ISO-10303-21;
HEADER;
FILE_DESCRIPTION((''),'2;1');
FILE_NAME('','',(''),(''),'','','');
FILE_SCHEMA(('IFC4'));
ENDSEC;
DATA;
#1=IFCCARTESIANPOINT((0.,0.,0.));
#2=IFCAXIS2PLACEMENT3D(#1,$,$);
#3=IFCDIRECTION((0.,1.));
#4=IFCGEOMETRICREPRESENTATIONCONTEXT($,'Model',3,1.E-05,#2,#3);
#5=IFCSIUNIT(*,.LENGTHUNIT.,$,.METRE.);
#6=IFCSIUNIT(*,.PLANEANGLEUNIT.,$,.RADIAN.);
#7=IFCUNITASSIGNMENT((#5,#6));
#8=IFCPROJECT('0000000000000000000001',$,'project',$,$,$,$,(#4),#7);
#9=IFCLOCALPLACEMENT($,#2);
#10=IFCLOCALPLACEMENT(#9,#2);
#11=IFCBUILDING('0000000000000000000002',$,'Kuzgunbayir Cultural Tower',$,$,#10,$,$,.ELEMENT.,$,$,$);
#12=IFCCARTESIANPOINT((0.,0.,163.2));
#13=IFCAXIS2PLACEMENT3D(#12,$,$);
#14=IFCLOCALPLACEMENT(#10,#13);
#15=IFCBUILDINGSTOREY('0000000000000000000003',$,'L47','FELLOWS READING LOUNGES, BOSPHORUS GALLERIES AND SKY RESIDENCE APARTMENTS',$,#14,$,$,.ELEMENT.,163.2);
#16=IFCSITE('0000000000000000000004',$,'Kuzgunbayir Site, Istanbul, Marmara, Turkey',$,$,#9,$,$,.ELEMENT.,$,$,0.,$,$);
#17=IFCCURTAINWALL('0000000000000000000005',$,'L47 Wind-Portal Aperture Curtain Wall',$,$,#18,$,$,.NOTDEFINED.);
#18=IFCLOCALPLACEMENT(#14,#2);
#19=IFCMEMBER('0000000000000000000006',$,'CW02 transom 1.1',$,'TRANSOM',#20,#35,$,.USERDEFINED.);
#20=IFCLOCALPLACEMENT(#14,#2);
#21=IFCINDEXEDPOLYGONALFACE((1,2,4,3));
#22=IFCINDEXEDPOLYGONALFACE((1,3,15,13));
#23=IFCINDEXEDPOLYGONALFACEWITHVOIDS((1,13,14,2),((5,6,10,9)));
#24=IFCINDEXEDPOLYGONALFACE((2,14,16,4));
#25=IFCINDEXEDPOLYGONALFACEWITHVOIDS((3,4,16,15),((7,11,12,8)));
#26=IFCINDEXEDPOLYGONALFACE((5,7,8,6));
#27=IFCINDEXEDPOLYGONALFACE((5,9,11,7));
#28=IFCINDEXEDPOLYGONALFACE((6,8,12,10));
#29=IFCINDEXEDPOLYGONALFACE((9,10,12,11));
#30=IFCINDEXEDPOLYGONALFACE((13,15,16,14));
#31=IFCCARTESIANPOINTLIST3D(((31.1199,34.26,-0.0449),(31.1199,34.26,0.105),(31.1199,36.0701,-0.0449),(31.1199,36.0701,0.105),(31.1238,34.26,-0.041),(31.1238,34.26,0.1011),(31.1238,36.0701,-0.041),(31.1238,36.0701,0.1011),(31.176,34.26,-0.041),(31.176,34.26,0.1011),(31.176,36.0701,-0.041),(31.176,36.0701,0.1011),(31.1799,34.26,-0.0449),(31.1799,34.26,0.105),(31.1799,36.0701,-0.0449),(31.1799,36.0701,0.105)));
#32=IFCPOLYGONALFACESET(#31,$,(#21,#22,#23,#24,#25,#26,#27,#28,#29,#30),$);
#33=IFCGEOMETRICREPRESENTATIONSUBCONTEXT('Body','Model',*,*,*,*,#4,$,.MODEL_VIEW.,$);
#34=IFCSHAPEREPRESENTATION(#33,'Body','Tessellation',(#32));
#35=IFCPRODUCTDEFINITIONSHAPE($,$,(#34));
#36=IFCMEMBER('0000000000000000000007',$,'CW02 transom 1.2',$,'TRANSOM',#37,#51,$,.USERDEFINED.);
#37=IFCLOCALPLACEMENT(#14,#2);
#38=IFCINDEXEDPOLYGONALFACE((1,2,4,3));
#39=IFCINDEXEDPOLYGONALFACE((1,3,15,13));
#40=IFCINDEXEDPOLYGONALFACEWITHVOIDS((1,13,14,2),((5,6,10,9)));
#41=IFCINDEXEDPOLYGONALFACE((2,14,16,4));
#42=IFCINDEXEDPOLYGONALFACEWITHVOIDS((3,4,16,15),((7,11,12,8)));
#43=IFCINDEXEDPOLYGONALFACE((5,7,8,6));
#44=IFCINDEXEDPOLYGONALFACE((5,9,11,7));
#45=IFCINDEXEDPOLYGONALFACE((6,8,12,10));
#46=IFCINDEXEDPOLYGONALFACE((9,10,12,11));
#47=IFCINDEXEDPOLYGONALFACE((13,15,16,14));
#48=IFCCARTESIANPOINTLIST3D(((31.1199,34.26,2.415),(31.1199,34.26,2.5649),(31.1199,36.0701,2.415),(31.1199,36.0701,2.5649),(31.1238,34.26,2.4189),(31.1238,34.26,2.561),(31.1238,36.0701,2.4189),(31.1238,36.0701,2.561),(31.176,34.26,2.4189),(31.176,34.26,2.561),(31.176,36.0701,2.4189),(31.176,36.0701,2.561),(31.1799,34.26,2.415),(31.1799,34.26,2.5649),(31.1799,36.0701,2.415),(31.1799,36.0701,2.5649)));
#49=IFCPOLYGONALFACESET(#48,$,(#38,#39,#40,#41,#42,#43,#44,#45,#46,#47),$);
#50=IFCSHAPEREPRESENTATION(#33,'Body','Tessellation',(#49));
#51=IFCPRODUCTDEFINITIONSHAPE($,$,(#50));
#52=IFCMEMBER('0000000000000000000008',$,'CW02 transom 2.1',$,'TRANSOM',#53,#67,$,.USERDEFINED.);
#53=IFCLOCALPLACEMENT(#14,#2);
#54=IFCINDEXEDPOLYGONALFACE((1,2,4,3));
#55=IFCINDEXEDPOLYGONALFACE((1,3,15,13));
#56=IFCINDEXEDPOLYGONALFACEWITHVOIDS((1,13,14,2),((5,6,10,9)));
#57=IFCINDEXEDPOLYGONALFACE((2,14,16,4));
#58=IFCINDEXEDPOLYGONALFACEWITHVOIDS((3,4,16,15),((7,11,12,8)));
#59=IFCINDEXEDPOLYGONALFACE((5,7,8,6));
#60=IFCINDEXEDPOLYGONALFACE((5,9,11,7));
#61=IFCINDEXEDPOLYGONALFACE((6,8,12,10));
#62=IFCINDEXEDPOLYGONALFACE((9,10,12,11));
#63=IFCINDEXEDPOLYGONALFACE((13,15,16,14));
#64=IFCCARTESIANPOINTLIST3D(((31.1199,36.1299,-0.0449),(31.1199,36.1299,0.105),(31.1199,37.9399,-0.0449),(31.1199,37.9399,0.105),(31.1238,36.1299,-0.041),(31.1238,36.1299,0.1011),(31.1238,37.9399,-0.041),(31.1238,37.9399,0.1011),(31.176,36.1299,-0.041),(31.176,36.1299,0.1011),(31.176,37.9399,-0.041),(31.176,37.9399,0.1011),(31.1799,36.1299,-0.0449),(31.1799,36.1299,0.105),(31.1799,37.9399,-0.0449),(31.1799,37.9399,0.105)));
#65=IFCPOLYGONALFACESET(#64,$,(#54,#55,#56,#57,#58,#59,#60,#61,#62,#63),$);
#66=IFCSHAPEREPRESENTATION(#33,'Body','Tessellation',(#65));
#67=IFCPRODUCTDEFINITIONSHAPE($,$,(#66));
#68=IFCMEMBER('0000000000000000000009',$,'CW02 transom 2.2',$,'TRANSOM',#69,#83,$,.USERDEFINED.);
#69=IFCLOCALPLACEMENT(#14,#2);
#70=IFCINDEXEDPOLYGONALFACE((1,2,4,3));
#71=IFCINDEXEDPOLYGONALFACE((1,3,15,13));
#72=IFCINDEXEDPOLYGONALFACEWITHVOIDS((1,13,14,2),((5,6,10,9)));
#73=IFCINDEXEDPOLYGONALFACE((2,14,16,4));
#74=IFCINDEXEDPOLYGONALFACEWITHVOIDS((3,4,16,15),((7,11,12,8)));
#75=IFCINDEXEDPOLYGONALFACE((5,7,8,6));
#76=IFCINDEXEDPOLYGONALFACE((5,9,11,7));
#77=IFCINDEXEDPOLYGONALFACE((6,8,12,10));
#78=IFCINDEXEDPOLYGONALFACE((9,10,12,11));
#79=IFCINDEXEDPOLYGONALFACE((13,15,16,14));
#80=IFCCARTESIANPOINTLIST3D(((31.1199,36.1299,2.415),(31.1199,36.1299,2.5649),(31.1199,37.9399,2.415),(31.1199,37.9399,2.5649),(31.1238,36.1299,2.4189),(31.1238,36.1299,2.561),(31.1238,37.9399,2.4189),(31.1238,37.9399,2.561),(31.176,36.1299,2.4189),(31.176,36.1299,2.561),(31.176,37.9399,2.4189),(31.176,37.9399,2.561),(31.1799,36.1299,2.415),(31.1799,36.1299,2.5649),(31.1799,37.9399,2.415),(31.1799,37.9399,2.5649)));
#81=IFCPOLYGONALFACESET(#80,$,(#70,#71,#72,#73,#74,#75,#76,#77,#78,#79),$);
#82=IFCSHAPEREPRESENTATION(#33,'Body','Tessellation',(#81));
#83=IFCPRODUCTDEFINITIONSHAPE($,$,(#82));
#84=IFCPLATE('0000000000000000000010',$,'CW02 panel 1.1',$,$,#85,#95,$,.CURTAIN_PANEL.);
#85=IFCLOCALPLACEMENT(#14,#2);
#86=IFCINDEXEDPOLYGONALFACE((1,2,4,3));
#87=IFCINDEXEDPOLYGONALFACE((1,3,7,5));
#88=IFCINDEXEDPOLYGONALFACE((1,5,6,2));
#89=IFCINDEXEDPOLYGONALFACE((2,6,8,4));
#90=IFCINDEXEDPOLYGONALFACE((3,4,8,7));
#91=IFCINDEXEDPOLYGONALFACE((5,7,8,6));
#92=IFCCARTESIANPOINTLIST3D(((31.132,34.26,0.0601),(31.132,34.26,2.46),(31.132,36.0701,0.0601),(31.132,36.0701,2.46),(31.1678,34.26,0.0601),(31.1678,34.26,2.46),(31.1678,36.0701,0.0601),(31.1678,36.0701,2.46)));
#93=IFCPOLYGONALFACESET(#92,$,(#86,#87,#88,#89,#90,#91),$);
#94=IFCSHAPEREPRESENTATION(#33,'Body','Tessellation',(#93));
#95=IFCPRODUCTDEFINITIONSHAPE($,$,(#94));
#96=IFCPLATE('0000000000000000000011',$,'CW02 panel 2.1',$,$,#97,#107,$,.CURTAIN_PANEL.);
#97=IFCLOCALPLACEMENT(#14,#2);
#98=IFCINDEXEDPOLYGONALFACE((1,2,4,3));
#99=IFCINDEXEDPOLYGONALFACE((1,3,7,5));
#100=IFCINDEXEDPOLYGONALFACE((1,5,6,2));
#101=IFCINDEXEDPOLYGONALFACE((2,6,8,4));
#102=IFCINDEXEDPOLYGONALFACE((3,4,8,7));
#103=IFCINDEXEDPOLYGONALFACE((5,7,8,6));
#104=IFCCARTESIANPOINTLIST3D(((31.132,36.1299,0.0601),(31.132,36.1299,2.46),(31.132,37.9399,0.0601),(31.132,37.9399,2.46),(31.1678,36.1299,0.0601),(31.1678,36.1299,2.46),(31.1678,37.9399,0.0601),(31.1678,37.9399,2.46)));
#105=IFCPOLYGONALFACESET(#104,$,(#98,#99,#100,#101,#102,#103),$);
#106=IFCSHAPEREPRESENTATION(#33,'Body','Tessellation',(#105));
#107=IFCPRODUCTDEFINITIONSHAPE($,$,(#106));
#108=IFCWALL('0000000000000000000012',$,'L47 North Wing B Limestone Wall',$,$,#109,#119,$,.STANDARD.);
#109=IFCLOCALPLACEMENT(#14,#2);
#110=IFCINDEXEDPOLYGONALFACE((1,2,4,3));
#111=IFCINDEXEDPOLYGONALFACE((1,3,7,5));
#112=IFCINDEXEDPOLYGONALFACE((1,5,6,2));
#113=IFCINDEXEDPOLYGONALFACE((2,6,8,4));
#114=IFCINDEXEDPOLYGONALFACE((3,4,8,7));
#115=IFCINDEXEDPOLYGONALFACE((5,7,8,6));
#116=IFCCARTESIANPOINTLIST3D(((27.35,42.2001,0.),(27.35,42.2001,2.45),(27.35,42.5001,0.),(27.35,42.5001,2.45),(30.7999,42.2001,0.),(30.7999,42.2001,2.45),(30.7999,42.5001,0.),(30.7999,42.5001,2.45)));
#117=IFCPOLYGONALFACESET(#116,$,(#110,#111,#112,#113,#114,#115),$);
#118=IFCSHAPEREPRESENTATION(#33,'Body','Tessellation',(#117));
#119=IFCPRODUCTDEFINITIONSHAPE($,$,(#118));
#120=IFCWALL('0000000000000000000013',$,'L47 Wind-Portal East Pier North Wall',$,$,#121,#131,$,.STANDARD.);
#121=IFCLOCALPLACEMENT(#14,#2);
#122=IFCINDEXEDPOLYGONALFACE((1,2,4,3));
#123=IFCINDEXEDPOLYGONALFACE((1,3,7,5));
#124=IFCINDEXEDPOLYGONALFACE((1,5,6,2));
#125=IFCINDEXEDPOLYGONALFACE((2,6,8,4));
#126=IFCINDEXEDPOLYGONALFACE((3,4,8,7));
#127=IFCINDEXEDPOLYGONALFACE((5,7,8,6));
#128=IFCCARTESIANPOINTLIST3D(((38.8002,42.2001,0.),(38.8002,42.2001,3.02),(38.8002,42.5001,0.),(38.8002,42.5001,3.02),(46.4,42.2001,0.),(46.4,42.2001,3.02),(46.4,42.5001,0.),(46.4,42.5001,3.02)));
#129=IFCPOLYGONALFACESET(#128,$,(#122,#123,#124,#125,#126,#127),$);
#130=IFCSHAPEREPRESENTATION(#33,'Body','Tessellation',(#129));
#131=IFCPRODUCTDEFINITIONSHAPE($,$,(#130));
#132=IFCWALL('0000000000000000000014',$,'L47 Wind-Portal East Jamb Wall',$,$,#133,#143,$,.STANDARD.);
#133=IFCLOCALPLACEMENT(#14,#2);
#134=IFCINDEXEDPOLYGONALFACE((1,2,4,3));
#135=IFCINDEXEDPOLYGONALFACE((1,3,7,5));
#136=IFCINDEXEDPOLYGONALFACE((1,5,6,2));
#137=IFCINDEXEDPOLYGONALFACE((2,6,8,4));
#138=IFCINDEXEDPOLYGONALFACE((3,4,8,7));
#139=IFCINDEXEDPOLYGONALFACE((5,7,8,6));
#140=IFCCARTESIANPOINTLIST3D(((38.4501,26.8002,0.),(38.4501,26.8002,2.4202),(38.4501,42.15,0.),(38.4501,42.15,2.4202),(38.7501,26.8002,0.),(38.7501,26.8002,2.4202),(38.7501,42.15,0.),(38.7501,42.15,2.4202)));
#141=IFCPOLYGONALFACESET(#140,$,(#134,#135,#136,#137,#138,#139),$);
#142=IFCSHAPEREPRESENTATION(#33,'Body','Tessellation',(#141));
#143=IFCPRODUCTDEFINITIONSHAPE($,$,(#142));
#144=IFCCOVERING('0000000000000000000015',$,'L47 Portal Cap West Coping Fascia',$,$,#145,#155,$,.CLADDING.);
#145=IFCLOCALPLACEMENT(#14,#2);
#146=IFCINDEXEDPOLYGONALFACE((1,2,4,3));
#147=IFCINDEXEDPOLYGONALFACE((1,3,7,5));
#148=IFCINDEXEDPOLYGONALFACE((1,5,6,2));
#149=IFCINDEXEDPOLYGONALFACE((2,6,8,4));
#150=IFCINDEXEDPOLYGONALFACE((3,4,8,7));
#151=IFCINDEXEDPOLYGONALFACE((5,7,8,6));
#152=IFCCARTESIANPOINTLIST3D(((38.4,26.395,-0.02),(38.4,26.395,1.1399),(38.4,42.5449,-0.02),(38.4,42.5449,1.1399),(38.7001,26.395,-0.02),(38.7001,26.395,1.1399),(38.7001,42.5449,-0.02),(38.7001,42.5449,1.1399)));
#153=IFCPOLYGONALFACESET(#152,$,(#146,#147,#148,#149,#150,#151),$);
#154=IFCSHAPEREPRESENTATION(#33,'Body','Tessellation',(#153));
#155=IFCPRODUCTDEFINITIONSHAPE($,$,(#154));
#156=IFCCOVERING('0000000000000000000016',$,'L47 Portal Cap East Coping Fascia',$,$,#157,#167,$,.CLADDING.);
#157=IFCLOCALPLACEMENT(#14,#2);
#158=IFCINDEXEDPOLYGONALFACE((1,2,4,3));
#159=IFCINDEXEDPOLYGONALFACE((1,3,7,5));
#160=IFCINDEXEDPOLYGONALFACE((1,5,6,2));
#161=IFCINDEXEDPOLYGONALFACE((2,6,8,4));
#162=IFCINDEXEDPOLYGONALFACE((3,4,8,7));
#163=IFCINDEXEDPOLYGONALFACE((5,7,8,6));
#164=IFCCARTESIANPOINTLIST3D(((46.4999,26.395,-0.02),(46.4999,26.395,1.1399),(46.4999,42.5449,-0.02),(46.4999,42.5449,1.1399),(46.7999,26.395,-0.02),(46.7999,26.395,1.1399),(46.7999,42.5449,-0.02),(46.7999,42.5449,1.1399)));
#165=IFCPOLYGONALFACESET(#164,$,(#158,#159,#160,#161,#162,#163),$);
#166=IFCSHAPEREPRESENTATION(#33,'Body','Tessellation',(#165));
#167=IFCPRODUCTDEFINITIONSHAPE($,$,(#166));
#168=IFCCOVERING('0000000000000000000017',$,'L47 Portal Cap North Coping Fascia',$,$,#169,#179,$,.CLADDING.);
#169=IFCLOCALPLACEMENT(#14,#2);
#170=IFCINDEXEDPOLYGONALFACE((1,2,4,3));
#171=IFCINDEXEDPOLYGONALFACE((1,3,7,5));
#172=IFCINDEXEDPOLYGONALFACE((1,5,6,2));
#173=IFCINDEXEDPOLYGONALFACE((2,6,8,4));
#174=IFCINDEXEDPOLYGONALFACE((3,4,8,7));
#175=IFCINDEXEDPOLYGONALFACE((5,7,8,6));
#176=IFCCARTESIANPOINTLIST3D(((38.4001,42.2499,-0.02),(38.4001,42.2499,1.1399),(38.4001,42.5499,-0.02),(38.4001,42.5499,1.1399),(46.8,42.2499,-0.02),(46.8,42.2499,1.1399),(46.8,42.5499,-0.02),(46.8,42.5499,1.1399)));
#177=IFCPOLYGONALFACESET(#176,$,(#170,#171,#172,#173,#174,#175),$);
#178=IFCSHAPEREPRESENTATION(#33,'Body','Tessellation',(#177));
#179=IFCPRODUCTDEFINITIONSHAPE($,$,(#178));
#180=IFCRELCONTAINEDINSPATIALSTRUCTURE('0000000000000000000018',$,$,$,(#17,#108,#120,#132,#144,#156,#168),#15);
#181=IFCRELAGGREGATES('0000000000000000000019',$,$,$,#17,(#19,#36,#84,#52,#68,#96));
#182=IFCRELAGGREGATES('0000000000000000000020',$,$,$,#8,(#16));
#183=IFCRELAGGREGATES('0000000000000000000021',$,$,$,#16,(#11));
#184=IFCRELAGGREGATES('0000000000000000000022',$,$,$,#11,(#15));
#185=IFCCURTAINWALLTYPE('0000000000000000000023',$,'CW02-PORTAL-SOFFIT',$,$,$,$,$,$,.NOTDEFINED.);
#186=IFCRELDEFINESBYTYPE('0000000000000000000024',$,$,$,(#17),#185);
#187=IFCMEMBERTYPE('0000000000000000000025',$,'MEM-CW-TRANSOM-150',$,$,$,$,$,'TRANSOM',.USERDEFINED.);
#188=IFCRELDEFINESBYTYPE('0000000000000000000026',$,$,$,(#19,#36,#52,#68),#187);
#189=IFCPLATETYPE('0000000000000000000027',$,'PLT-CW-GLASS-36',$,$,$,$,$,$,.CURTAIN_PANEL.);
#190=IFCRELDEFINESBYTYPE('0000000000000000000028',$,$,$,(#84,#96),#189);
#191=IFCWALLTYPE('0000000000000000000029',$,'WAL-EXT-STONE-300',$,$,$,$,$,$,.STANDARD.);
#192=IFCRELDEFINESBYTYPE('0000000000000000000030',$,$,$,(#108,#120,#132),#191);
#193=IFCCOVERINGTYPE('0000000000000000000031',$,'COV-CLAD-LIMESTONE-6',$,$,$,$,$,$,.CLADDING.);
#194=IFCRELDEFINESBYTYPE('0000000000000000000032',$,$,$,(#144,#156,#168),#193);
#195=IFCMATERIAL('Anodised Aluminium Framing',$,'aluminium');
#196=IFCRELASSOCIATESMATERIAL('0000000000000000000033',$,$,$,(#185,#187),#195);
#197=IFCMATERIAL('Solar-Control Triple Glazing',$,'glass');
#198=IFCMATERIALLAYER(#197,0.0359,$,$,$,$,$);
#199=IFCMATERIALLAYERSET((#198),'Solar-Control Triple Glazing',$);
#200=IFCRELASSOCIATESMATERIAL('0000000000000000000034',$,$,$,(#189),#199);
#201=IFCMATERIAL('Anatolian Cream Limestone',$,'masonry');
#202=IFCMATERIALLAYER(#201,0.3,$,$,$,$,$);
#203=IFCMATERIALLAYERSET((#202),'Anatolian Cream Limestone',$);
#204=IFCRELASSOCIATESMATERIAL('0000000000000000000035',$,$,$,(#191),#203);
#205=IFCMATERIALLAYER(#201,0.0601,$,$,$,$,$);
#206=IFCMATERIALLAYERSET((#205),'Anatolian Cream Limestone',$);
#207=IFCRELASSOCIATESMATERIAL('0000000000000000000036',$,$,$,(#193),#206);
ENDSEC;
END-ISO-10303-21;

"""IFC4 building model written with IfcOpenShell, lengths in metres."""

from ifc_helpers import new_model, si_unit, direction, frame, frame_2d, origin, origin_2d, place, context, subcontext, project, spatial, rectangle, hollow_rectangle, extrude, material, layer, layer_set, material_profile, profile_set, type_object, element, aggregate, save


model = new_model("IFC4")

# Units and contexts
model_context = context("Model", 3, precision=1e-05, world=origin(), true_north=direction((0.0, 1.0)))
body_context = subcontext(model_context, "Body", "Model", "MODEL_VIEW")
ifc_project = project(units=[si_unit("LENGTHUNIT", "METRE"), si_unit("PLANEANGLEUNIT", "RADIAN")], contexts=[model_context])

# Site, building, storey
site_placement = place(None, origin())
site = spatial("IfcSite", under=ifc_project, at=site_placement, Name="Kuzgunbayir Site, Istanbul, Marmara, Turkey", CompositionType="ELEMENT", RefElevation=0.0)
building_placement = place(site_placement, origin())
building = spatial("IfcBuilding", under=site, at=building_placement, Name="Kuzgunbayir Cultural Tower", CompositionType="ELEMENT")
storey_placement = place(building_placement, frame((0.0, 0.0, 163.2)))
storey = spatial("IfcBuildingStorey", under=building, at=storey_placement, Name="L47", Description="FELLOWS READING LOUNGES, BOSPHORUS GALLERIES AND SKY RESIDENCE APARTMENTS", CompositionType="ELEMENT", Elevation=163.2)

# Curtain wall, members, plates
ifc_material_1 = material(Name="Anodised Aluminium Framing", Category="aluminium")
curtain_wall_type = type_object("IfcCurtainWallType", Name="CW02-PORTAL-SOFFIT", PredefinedType="NOTDEFINED", material=ifc_material_1)
curtain_wall_placement = place(storey_placement, origin())
curtain_wall = element("IfcCurtainWall", 1, at=curtain_wall_placement, inside=storey, type_object=curtain_wall_type, Name="L47 Wind-Portal Aperture Curtain Wall", PredefinedType="NOTDEFINED")
ifc_material_profile_1 = material_profile(ifc_material_1, hollow_rectangle(XDim=0.0601, YDim=0.1499, WallThickness=0.0039, at=origin_2d()), Name="RHS 150x60x4")
ifc_profile_set_1 = profile_set([ifc_material_profile_1], Name="Anodised Aluminium Framing")
member_type_1 = type_object("IfcMemberType", Name="MEM-CW-TRANSOM-150", ElementType="TRANSOM", PredefinedType="USERDEFINED", material=ifc_profile_set_1)
member_1_placement = place(storey_placement, frame((31.1499, 34.26, 0.03), z_axis=(0.0, 1.0, 0.0), x_axis=(-1.0, 0.0, 0.0)))
member_1 = element("IfcMember", 2, at=member_1_placement, type_object=member_type_1, Name="CW02 transom 1.1", ObjectType="TRANSOM", PredefinedType="USERDEFINED", context=body_context, shape_type="SweptSolid", body=[
    extrude(hollow_rectangle(XDim=0.0601, YDim=0.1499, WallThickness=0.0039, at=origin_2d()), origin(), (0.0, 0.0, 1.0), 1.8101),
])
member_2_placement = place(storey_placement, frame((31.1499, 34.26, 2.49), z_axis=(0.0, 1.0, 0.0), x_axis=(-1.0, 0.0, 0.0)))
member_2 = element("IfcMember", 3, at=member_2_placement, type_object=member_type_1, Name="CW02 transom 1.2", ObjectType="TRANSOM", PredefinedType="USERDEFINED", context=body_context, shape_type="SweptSolid", body=[
    extrude(hollow_rectangle(XDim=0.0601, YDim=0.1499, WallThickness=0.0039, at=origin_2d()), origin(), (0.0, 0.0, 1.0), 1.8101),
])
member_3_placement = place(storey_placement, frame((31.1499, 36.1299, 0.03), z_axis=(0.0, 1.0, 0.0), x_axis=(-1.0, 0.0, 0.0)))
member_3 = element("IfcMember", 4, at=member_3_placement, type_object=member_type_1, Name="CW02 transom 2.1", ObjectType="TRANSOM", PredefinedType="USERDEFINED", context=body_context, shape_type="SweptSolid", body=[
    extrude(hollow_rectangle(XDim=0.0601, YDim=0.1499, WallThickness=0.0039, at=origin_2d()), origin(), (0.0, 0.0, 1.0), 1.8101),
])
member_4_placement = place(storey_placement, frame((31.1499, 36.1299, 2.49), z_axis=(0.0, 1.0, 0.0), x_axis=(-1.0, 0.0, 0.0)))
member_4 = element("IfcMember", 5, at=member_4_placement, type_object=member_type_1, Name="CW02 transom 2.2", ObjectType="TRANSOM", PredefinedType="USERDEFINED", context=body_context, shape_type="SweptSolid", body=[
    extrude(hollow_rectangle(XDim=0.0601, YDim=0.1499, WallThickness=0.0039, at=origin_2d()), origin(), (0.0, 0.0, 1.0), 1.8101),
])
ifc_material_2 = material(Name="Solar-Control Triple Glazing", Category="glass")
ifc_layer_1 = layer(ifc_material_2, 0.0359)
ifc_layer_set_1 = layer_set([ifc_layer_1], Name="Solar-Control Triple Glazing")
plate_type = type_object("IfcPlateType", Name="PLT-CW-GLASS-36", PredefinedType="CURTAIN_PANEL", material=ifc_layer_set_1)
plate_1_placement = place(storey_placement, frame((31.1499, 35.165, 0.0601), z_axis=(0.0, 0.0, 1.0), x_axis=(0.0, 1.0, 0.0)))
plate_1 = element("IfcPlate", 6, at=plate_1_placement, type_object=plate_type, Name="CW02 panel 1.1", PredefinedType="CURTAIN_PANEL", context=body_context, shape_type="SweptSolid", body=[
    extrude(rectangle(XDim=1.8101, YDim=0.0359, at=origin_2d()), origin(), (0.0, 0.0, 1.0), 2.3999),
])
plate_2_placement = place(storey_placement, frame((31.1499, 37.0349, 0.0601), z_axis=(0.0, 0.0, 1.0), x_axis=(0.0, 1.0, 0.0)))
plate_2 = element("IfcPlate", 7, at=plate_2_placement, type_object=plate_type, Name="CW02 panel 2.1", PredefinedType="CURTAIN_PANEL", context=body_context, shape_type="SweptSolid", body=[
    extrude(rectangle(XDim=1.8101, YDim=0.0359, at=origin_2d()), origin(), (0.0, 0.0, 1.0), 2.3999),
])
aggregate(curtain_wall, [member_1, member_2, plate_1, member_3, member_4, plate_2])

# Walls
ifc_material_3 = material(Name="Anatolian Cream Limestone", Category="masonry")
ifc_layer_2 = layer(ifc_material_3, 0.3)
ifc_layer_set_2 = layer_set([ifc_layer_2], Name="Anatolian Cream Limestone")
wall_type = type_object("IfcWallType", Name="WAL-EXT-STONE-300", PredefinedType="STANDARD", material=ifc_layer_set_2)
wall_1_placement = place(storey_placement, frame((30.8, 42.3501, 0.0), z_axis=(0.0, 0.0, 1.0), x_axis=(-1.0, 0.0, 0.0)))
element("IfcWall", 8, at=wall_1_placement, inside=storey, type_object=wall_type, Name="L47 North Wing B Limestone Wall", PredefinedType="STANDARD", context=body_context, shape_type="SweptSolid", body=[
    extrude(rectangle(XDim=3.45, YDim=0.3, at=frame_2d((1.7251, 0.0))), origin(), (0.0, 0.0, 1.0), 2.45),
])
wall_2_placement = place(storey_placement, frame((46.3999, 42.3501, 0.0), z_axis=(0.0, 0.0, 1.0), x_axis=(-1.0, 0.0, 0.0)))
element("IfcWall", 9, at=wall_2_placement, inside=storey, type_object=wall_type, Name="L47 Wind-Portal East Pier North Wall", PredefinedType="STANDARD", context=body_context, shape_type="SweptSolid", body=[
    extrude(rectangle(XDim=7.5999, YDim=0.3, at=frame_2d((3.7998, 0.0))), origin(), (0.0, 0.0, 1.0), 3.02),
])
wall_3_placement = place(storey_placement, frame((38.6001, 42.1499, 0.0), z_axis=(0.0, 0.0, 1.0), x_axis=(0.0, -1.0, 0.0)))
element("IfcWall", 10, at=wall_3_placement, inside=storey, type_object=wall_type, Name="L47 Wind-Portal East Jamb Wall", PredefinedType="STANDARD", context=body_context, shape_type="SweptSolid", body=[
    extrude(rectangle(XDim=15.3499, YDim=0.3, at=frame_2d((7.6748, 0.0))), origin(), (0.0, 0.0, 1.0), 2.4202),
])

# Coverings
ifc_layer_3 = layer(ifc_material_3, 0.0601)
ifc_layer_set_3 = layer_set([ifc_layer_3], Name="Anatolian Cream Limestone")
covering_type = type_object("IfcCoveringType", Name="COV-CLAD-LIMESTONE-6", PredefinedType="CLADDING", material=ifc_layer_set_3)
for number, where, z_axis, x_axis, name in (
    (11, (38.55, 34.47, -0.02), (0.0, 0.0, 1.0), (1.0, 0.0, 0.0), "L47 Portal Cap West Coping Fascia"),
    (12, (46.6499, 34.47, -0.02), (0.0, 0.0, 1.0), (1.0, 0.0, 0.0), "L47 Portal Cap East Coping Fascia"),
):
    element("IfcCovering", number, at=place(storey_placement, frame(where, z_axis=z_axis, x_axis=x_axis)), inside=storey, type_object=covering_type, Name=name, PredefinedType="CLADDING", context=body_context, shape_type="SweptSolid", body=[
        extrude(rectangle(XDim=0.3, YDim=16.1499, at=origin_2d()), origin(), (0.0, 0.0, 1.0), 1.1599),
    ])
covering_placement = place(storey_placement, frame((42.6001, 42.3999, -0.02), z_axis=(0.0, 0.0, 1.0), x_axis=(1.0, 0.0, 0.0)))
element("IfcCovering", 13, at=covering_placement, inside=storey, type_object=covering_type, Name="L47 Portal Cap North Coping Fascia", PredefinedType="CLADDING", context=body_context, shape_type="SweptSolid", body=[
    extrude(rectangle(XDim=8.3999, YDim=0.3, at=origin_2d()), origin(), (0.0, 0.0, 1.0), 1.1599),
])

save(model, "model.ifc")
